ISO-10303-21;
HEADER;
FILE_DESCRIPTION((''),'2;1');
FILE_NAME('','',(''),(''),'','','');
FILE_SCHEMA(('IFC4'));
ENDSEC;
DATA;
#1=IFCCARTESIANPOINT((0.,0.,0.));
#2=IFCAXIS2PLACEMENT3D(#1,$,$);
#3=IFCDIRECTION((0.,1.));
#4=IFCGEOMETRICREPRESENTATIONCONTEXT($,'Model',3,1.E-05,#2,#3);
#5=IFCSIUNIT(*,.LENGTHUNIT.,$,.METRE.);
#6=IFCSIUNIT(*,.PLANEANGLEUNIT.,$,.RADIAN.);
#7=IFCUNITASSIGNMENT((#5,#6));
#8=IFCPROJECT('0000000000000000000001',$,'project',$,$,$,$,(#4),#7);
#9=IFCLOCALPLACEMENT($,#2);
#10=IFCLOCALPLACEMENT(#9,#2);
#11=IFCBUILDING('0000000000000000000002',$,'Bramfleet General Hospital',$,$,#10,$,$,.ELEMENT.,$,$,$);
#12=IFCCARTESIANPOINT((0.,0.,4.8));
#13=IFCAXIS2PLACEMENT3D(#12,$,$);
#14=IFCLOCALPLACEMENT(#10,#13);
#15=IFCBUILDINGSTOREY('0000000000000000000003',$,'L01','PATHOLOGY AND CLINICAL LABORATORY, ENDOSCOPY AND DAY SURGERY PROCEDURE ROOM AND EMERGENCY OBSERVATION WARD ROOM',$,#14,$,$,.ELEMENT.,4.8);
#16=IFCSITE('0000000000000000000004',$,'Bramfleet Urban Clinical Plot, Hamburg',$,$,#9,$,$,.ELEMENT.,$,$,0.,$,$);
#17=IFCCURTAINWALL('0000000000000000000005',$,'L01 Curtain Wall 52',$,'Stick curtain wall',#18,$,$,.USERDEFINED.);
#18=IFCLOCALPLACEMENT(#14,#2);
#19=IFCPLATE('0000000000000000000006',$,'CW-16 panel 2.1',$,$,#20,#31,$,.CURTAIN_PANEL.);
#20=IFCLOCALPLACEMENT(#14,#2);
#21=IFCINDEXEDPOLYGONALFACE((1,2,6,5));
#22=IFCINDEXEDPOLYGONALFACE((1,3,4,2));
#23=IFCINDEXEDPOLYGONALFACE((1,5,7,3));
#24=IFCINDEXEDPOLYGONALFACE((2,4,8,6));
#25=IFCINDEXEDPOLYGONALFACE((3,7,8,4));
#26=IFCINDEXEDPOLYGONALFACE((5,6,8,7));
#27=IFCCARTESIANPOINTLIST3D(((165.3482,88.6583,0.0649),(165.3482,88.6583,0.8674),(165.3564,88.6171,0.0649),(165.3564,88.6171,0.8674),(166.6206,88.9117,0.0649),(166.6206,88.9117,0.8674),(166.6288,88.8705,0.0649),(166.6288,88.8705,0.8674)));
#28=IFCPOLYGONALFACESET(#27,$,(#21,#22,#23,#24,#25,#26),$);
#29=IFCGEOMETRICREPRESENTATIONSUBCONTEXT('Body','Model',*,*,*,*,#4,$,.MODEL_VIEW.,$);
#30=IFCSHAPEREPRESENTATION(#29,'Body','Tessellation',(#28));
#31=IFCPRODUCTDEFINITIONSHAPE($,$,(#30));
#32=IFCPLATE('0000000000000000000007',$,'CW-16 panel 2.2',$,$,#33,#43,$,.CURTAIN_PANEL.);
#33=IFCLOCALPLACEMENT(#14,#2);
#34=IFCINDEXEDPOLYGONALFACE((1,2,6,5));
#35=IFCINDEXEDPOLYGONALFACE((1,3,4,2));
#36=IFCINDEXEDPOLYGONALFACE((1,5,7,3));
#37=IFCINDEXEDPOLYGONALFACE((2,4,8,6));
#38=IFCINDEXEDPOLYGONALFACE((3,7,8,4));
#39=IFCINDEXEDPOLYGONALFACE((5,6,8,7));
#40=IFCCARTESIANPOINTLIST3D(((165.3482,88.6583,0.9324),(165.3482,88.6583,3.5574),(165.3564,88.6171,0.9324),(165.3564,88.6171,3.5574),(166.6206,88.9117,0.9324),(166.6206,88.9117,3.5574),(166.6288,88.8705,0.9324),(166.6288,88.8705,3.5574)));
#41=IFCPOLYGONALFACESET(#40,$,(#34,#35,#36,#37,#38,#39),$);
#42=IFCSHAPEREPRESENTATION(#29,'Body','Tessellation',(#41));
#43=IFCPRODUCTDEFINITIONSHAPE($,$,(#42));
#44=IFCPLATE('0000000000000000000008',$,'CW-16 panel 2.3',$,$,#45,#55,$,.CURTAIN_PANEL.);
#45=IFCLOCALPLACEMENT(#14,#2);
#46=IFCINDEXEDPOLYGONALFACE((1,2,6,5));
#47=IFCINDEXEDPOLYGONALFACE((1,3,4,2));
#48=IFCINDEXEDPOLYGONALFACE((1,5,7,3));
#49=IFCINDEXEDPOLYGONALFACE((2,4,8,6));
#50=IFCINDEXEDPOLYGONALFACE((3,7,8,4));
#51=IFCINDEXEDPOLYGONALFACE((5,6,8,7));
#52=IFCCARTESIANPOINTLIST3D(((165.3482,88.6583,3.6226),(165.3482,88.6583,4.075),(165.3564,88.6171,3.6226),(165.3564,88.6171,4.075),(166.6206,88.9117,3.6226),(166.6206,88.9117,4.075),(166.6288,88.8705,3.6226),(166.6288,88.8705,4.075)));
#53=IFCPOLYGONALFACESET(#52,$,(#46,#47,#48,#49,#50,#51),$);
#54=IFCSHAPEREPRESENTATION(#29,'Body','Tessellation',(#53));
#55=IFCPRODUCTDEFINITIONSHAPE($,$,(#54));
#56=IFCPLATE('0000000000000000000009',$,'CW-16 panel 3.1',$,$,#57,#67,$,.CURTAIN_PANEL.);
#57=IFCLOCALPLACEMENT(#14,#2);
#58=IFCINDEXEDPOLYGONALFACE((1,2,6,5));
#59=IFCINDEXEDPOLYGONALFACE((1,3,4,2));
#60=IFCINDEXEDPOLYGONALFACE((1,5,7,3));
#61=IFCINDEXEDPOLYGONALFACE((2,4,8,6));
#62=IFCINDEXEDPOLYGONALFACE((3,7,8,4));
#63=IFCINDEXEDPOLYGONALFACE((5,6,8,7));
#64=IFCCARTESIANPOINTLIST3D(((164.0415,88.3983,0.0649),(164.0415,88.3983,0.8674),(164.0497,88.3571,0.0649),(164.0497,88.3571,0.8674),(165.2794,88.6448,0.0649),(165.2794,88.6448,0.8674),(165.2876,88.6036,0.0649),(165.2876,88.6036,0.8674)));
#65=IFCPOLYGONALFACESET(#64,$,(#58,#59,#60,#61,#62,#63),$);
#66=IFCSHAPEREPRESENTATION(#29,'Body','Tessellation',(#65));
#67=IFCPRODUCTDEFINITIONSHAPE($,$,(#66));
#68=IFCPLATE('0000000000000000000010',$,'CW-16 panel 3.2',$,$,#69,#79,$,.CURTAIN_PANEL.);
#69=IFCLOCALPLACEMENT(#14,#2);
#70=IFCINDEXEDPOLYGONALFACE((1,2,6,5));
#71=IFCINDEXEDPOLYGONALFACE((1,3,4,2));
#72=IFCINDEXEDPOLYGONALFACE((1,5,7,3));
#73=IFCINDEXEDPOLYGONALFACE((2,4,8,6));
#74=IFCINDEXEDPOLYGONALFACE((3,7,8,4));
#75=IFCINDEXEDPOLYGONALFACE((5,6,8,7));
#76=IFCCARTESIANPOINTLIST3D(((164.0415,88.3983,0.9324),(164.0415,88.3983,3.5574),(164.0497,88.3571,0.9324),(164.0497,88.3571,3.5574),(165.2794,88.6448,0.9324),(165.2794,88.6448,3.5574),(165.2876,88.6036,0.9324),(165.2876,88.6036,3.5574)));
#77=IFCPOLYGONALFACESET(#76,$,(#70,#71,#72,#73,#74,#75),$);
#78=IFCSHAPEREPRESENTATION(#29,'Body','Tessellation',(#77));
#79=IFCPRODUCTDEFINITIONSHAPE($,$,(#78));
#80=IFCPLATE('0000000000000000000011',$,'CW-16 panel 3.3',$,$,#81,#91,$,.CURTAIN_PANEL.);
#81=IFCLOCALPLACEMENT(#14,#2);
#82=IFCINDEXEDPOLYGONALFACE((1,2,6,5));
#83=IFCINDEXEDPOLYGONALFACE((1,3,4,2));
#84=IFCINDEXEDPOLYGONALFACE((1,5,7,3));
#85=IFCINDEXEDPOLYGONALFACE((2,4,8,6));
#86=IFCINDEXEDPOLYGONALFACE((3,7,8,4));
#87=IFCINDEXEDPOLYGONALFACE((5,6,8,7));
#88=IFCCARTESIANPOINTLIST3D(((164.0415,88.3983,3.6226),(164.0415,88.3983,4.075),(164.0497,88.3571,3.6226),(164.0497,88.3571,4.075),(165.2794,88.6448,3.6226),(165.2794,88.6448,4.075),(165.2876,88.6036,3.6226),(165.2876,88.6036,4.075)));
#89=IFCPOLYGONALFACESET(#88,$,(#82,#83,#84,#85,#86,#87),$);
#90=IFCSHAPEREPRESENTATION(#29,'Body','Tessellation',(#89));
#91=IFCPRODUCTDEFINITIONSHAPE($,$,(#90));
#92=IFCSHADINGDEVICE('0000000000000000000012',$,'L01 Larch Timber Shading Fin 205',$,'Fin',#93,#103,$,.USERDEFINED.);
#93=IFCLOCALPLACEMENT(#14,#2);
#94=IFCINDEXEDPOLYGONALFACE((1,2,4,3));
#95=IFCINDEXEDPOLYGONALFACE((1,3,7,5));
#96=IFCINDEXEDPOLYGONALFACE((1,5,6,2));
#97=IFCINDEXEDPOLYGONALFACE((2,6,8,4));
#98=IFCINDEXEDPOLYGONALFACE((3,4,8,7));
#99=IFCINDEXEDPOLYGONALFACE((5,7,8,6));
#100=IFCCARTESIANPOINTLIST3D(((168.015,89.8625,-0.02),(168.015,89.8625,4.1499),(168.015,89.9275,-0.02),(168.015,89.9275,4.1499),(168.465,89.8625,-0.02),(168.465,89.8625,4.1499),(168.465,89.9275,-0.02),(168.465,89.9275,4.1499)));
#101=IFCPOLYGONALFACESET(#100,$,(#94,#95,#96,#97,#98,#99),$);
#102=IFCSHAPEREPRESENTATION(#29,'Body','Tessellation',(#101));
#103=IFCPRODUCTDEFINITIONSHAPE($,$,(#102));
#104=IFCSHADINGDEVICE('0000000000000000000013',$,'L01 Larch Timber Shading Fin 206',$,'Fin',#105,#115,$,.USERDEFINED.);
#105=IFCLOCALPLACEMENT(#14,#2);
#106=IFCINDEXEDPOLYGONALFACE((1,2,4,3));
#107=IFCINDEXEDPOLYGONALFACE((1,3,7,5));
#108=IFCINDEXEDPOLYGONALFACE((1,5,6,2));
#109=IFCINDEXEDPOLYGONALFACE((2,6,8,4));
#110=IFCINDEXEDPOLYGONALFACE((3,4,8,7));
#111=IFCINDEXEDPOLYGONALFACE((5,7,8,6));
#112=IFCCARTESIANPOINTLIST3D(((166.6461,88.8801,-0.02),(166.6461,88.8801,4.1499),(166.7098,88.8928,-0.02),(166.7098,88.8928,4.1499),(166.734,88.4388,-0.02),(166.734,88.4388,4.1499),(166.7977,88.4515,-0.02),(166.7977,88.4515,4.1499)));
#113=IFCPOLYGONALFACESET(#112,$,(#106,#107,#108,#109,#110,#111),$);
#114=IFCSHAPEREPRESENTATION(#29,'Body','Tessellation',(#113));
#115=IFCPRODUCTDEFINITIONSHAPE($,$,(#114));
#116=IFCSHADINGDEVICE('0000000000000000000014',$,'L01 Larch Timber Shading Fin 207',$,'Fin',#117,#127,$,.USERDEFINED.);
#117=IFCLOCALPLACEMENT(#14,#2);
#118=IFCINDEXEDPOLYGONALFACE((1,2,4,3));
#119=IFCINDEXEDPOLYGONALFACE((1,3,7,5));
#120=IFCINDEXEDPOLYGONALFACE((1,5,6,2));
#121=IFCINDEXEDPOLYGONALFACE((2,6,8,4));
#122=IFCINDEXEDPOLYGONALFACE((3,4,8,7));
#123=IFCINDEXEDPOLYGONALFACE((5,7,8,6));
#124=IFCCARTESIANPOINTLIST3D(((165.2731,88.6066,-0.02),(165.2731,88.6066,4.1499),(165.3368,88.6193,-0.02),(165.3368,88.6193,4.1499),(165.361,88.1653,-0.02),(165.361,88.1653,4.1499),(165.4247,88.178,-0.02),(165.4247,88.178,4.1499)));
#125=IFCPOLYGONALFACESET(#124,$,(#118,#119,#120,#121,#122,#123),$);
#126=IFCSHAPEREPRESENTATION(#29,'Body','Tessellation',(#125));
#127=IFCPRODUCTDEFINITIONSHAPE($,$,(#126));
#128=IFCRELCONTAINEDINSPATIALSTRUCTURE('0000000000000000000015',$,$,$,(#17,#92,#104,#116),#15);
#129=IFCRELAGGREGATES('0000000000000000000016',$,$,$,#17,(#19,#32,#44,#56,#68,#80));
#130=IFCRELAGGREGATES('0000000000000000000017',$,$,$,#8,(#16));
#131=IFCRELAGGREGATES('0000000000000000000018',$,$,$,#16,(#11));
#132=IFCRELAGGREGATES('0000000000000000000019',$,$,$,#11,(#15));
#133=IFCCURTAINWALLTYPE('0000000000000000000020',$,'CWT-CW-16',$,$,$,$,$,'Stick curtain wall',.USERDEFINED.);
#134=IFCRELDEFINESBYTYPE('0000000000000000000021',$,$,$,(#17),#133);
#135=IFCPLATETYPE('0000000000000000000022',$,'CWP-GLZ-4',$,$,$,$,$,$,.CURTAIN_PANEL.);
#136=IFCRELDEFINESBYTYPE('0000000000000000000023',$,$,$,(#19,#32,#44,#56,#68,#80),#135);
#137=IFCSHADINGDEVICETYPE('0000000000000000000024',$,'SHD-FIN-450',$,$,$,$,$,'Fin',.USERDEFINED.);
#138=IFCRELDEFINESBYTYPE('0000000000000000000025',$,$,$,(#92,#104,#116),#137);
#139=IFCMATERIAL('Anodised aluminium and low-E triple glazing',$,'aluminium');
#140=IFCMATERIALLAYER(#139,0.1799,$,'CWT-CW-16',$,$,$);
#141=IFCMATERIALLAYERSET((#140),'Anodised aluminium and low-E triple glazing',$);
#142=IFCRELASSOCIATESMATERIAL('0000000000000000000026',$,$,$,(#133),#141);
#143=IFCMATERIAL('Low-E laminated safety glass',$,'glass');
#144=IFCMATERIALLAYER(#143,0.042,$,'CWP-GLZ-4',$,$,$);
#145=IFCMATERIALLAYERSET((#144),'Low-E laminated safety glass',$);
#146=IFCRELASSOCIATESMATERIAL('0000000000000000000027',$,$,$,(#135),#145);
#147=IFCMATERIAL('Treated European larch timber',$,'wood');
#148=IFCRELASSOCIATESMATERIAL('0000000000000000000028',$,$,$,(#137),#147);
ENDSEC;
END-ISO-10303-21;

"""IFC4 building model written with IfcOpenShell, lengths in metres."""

from ifc_helpers import new_model, si_unit, direction, frame, origin, origin_2d, place, context, subcontext, project, spatial, rectangle, extrude, material, layer, layer_set, material_profile, profile_set, type_object, element, aggregate, save


model = new_model("IFC4")

# Units and contexts
model_context = context("Model", 3, precision=1e-05, world=origin(), true_north=direction((0.0, 1.0)))
body_context = subcontext(model_context, "Body", "Model", "MODEL_VIEW")
ifc_project = project(units=[si_unit("LENGTHUNIT", "METRE"), si_unit("PLANEANGLEUNIT", "RADIAN")], contexts=[model_context])

# Site, building, storey
site_placement = place(None, origin())
site = spatial("IfcSite", under=ifc_project, at=site_placement, Name="Bramfleet Urban Clinical Plot, Hamburg", CompositionType="ELEMENT", RefElevation=0.0)
building_placement = place(site_placement, origin())
building = spatial("IfcBuilding", under=site, at=building_placement, Name="Bramfleet General Hospital", CompositionType="ELEMENT")
storey_placement = place(building_placement, frame((0.0, 0.0, 4.8)))
storey = spatial("IfcBuildingStorey", under=building, at=storey_placement, Name="L01", Description="PATHOLOGY AND CLINICAL LABORATORY, ENDOSCOPY AND DAY SURGERY PROCEDURE ROOM AND EMERGENCY OBSERVATION WARD ROOM", CompositionType="ELEMENT", Elevation=4.8)

# Curtain wall
ifc_material_1 = material(Name="Anodised aluminium and low-E triple glazing", Category="aluminium")
ifc_layer_1 = layer(ifc_material_1, 0.1799, Name="CWT-CW-16")
ifc_layer_set_1 = layer_set([ifc_layer_1], Name="Anodised aluminium and low-E triple glazing")
curtain_wall_type_1 = type_object("IfcCurtainWallType", Name="CWT-CW-16", ElementType="Stick curtain wall", PredefinedType="USERDEFINED", material=ifc_layer_set_1)
curtain_wall_1_placement = place(storey_placement, origin())
curtain_wall_1 = element("IfcCurtainWall", 1, at=curtain_wall_1_placement, inside=storey, type_object=curtain_wall_type_1, Name="L01 Curtain Wall 52", ObjectType="Stick curtain wall", PredefinedType="USERDEFINED")

# Plates
ifc_material_2 = material(Name="Low-E laminated safety glass", Category="glass")
ifc_layer_2 = layer(ifc_material_2, 0.042, Name="CWP-GLZ-4")
ifc_layer_set_2 = layer_set([ifc_layer_2], Name="Low-E laminated safety glass")
plate_type_1 = type_object("IfcPlateType", Name="CWP-GLZ-4", PredefinedType="CURTAIN_PANEL", material=ifc_layer_set_2)
plate_1_placement = place(storey_placement, frame((165.9885, 88.7644, 0.0649), z_axis=(0.0, 0.0, 1.0), x_axis=(-0.980749, -0.195272, 0.0)))
plate_1 = element("IfcPlate", 2, at=plate_1_placement, type_object=plate_type_1, Name="CW-16 panel 2.1", PredefinedType="CURTAIN_PANEL", context=body_context, shape_type="SweptSolid", body=[
    extrude(rectangle(XDim=1.2974, YDim=0.042, at=origin_2d()), origin(), (0.0, 0.0, 1.0), 0.8025),
])
plate_2_placement = place(storey_placement, frame((165.9885, 88.7644, 0.9324), z_axis=(0.0, 0.0, 1.0), x_axis=(-0.980749, -0.195272, 0.0)))
plate_2 = element("IfcPlate", 3, at=plate_2_placement, type_object=plate_type_1, Name="CW-16 panel 2.2", PredefinedType="CURTAIN_PANEL", context=body_context, shape_type="SweptSolid", body=[
    extrude(rectangle(XDim=1.2974, YDim=0.042, at=origin_2d()), origin(), (0.0, 0.0, 1.0), 2.625),
])
plate_3_placement = place(storey_placement, frame((165.9885, 88.7644, 3.6226), z_axis=(0.0, 0.0, 1.0), x_axis=(-0.980749, -0.195272, 0.0)))
plate_3 = element("IfcPlate", 4, at=plate_3_placement, type_object=plate_type_1, Name="CW-16 panel 2.3", PredefinedType="CURTAIN_PANEL", context=body_context, shape_type="SweptSolid", body=[
    extrude(rectangle(XDim=1.2974, YDim=0.042, at=origin_2d()), origin(), (0.0, 0.0, 1.0), 0.4524),
])
plate_4_placement = place(storey_placement, frame((164.6646, 88.501, 0.0649), z_axis=(0.0, 0.0, 1.0), x_axis=(-0.980749, -0.195272, 0.0)))
plate_4 = element("IfcPlate", 5, at=plate_4_placement, type_object=plate_type_1, Name="CW-16 panel 3.1", PredefinedType="CURTAIN_PANEL", context=body_context, shape_type="SweptSolid", body=[
    extrude(rectangle(XDim=1.2622, YDim=0.042, at=origin_2d()), origin(), (0.0, 0.0, 1.0), 0.8025),
])
plate_5_placement = place(storey_placement, frame((164.6646, 88.501, 0.9324), z_axis=(0.0, 0.0, 1.0), x_axis=(-0.980749, -0.195272, 0.0)))
plate_5 = element("IfcPlate", 6, at=plate_5_placement, type_object=plate_type_1, Name="CW-16 panel 3.2", PredefinedType="CURTAIN_PANEL", context=body_context, shape_type="SweptSolid", body=[
    extrude(rectangle(XDim=1.2622, YDim=0.042, at=origin_2d()), origin(), (0.0, 0.0, 1.0), 2.625),
])
plate_6_placement = place(storey_placement, frame((164.6646, 88.501, 3.6226), z_axis=(0.0, 0.0, 1.0), x_axis=(-0.980749, -0.195272, 0.0)))
plate_6 = element("IfcPlate", 7, at=plate_6_placement, type_object=plate_type_1, Name="CW-16 panel 3.3", PredefinedType="CURTAIN_PANEL", context=body_context, shape_type="SweptSolid", body=[
    extrude(rectangle(XDim=1.2622, YDim=0.042, at=origin_2d()), origin(), (0.0, 0.0, 1.0), 0.4524),
])
aggregate(curtain_wall_1, [plate_1, plate_2, plate_3, plate_4, plate_5, plate_6])

# Shading devices
ifc_material_3 = material(Name="Treated European larch timber", Category="wood")
ifc_material_profile_1 = material_profile(ifc_material_3, rectangle(XDim=0.0649, YDim=0.45, at=origin_2d()), Name="LARCH FIN 450x65")
ifc_profile_set_1 = profile_set([ifc_material_profile_1], Name="Treated European larch timber")
shading_device_type = type_object("IfcShadingDeviceType", Name="SHD-FIN-450", ElementType="Fin", PredefinedType="USERDEFINED", material=ifc_profile_set_1)
for number, where, z_axis, x_axis, name in (
    (8, (168.24, 89.895, -0.02), (0.0, 0.0, 1.0), (0.0, -1.0, 0.0), "L01 Larch Timber Shading Fin 205"),
    (9, (166.7219, 88.6658, -0.02), (0.0, 0.0, 1.0), (-0.980749, -0.195272, 0.0), "L01 Larch Timber Shading Fin 206"),
    (10, (165.3489, 88.3923, -0.02), (0.0, 0.0, 1.0), (-0.980749, -0.195272, 0.0), "L01 Larch Timber Shading Fin 207"),
):
    element("IfcShadingDevice", number, at=place(storey_placement, frame(where, z_axis=z_axis, x_axis=x_axis)), inside=storey, type_object=shading_device_type, Name=name, ObjectType="Fin", PredefinedType="USERDEFINED", context=body_context, shape_type="SweptSolid", body=[
        extrude(rectangle(XDim=0.0649, YDim=0.45, at=origin_2d()), origin(), (0.0, 0.0, 1.0), 4.1699),
    ])

save(model, "model.ifc")
